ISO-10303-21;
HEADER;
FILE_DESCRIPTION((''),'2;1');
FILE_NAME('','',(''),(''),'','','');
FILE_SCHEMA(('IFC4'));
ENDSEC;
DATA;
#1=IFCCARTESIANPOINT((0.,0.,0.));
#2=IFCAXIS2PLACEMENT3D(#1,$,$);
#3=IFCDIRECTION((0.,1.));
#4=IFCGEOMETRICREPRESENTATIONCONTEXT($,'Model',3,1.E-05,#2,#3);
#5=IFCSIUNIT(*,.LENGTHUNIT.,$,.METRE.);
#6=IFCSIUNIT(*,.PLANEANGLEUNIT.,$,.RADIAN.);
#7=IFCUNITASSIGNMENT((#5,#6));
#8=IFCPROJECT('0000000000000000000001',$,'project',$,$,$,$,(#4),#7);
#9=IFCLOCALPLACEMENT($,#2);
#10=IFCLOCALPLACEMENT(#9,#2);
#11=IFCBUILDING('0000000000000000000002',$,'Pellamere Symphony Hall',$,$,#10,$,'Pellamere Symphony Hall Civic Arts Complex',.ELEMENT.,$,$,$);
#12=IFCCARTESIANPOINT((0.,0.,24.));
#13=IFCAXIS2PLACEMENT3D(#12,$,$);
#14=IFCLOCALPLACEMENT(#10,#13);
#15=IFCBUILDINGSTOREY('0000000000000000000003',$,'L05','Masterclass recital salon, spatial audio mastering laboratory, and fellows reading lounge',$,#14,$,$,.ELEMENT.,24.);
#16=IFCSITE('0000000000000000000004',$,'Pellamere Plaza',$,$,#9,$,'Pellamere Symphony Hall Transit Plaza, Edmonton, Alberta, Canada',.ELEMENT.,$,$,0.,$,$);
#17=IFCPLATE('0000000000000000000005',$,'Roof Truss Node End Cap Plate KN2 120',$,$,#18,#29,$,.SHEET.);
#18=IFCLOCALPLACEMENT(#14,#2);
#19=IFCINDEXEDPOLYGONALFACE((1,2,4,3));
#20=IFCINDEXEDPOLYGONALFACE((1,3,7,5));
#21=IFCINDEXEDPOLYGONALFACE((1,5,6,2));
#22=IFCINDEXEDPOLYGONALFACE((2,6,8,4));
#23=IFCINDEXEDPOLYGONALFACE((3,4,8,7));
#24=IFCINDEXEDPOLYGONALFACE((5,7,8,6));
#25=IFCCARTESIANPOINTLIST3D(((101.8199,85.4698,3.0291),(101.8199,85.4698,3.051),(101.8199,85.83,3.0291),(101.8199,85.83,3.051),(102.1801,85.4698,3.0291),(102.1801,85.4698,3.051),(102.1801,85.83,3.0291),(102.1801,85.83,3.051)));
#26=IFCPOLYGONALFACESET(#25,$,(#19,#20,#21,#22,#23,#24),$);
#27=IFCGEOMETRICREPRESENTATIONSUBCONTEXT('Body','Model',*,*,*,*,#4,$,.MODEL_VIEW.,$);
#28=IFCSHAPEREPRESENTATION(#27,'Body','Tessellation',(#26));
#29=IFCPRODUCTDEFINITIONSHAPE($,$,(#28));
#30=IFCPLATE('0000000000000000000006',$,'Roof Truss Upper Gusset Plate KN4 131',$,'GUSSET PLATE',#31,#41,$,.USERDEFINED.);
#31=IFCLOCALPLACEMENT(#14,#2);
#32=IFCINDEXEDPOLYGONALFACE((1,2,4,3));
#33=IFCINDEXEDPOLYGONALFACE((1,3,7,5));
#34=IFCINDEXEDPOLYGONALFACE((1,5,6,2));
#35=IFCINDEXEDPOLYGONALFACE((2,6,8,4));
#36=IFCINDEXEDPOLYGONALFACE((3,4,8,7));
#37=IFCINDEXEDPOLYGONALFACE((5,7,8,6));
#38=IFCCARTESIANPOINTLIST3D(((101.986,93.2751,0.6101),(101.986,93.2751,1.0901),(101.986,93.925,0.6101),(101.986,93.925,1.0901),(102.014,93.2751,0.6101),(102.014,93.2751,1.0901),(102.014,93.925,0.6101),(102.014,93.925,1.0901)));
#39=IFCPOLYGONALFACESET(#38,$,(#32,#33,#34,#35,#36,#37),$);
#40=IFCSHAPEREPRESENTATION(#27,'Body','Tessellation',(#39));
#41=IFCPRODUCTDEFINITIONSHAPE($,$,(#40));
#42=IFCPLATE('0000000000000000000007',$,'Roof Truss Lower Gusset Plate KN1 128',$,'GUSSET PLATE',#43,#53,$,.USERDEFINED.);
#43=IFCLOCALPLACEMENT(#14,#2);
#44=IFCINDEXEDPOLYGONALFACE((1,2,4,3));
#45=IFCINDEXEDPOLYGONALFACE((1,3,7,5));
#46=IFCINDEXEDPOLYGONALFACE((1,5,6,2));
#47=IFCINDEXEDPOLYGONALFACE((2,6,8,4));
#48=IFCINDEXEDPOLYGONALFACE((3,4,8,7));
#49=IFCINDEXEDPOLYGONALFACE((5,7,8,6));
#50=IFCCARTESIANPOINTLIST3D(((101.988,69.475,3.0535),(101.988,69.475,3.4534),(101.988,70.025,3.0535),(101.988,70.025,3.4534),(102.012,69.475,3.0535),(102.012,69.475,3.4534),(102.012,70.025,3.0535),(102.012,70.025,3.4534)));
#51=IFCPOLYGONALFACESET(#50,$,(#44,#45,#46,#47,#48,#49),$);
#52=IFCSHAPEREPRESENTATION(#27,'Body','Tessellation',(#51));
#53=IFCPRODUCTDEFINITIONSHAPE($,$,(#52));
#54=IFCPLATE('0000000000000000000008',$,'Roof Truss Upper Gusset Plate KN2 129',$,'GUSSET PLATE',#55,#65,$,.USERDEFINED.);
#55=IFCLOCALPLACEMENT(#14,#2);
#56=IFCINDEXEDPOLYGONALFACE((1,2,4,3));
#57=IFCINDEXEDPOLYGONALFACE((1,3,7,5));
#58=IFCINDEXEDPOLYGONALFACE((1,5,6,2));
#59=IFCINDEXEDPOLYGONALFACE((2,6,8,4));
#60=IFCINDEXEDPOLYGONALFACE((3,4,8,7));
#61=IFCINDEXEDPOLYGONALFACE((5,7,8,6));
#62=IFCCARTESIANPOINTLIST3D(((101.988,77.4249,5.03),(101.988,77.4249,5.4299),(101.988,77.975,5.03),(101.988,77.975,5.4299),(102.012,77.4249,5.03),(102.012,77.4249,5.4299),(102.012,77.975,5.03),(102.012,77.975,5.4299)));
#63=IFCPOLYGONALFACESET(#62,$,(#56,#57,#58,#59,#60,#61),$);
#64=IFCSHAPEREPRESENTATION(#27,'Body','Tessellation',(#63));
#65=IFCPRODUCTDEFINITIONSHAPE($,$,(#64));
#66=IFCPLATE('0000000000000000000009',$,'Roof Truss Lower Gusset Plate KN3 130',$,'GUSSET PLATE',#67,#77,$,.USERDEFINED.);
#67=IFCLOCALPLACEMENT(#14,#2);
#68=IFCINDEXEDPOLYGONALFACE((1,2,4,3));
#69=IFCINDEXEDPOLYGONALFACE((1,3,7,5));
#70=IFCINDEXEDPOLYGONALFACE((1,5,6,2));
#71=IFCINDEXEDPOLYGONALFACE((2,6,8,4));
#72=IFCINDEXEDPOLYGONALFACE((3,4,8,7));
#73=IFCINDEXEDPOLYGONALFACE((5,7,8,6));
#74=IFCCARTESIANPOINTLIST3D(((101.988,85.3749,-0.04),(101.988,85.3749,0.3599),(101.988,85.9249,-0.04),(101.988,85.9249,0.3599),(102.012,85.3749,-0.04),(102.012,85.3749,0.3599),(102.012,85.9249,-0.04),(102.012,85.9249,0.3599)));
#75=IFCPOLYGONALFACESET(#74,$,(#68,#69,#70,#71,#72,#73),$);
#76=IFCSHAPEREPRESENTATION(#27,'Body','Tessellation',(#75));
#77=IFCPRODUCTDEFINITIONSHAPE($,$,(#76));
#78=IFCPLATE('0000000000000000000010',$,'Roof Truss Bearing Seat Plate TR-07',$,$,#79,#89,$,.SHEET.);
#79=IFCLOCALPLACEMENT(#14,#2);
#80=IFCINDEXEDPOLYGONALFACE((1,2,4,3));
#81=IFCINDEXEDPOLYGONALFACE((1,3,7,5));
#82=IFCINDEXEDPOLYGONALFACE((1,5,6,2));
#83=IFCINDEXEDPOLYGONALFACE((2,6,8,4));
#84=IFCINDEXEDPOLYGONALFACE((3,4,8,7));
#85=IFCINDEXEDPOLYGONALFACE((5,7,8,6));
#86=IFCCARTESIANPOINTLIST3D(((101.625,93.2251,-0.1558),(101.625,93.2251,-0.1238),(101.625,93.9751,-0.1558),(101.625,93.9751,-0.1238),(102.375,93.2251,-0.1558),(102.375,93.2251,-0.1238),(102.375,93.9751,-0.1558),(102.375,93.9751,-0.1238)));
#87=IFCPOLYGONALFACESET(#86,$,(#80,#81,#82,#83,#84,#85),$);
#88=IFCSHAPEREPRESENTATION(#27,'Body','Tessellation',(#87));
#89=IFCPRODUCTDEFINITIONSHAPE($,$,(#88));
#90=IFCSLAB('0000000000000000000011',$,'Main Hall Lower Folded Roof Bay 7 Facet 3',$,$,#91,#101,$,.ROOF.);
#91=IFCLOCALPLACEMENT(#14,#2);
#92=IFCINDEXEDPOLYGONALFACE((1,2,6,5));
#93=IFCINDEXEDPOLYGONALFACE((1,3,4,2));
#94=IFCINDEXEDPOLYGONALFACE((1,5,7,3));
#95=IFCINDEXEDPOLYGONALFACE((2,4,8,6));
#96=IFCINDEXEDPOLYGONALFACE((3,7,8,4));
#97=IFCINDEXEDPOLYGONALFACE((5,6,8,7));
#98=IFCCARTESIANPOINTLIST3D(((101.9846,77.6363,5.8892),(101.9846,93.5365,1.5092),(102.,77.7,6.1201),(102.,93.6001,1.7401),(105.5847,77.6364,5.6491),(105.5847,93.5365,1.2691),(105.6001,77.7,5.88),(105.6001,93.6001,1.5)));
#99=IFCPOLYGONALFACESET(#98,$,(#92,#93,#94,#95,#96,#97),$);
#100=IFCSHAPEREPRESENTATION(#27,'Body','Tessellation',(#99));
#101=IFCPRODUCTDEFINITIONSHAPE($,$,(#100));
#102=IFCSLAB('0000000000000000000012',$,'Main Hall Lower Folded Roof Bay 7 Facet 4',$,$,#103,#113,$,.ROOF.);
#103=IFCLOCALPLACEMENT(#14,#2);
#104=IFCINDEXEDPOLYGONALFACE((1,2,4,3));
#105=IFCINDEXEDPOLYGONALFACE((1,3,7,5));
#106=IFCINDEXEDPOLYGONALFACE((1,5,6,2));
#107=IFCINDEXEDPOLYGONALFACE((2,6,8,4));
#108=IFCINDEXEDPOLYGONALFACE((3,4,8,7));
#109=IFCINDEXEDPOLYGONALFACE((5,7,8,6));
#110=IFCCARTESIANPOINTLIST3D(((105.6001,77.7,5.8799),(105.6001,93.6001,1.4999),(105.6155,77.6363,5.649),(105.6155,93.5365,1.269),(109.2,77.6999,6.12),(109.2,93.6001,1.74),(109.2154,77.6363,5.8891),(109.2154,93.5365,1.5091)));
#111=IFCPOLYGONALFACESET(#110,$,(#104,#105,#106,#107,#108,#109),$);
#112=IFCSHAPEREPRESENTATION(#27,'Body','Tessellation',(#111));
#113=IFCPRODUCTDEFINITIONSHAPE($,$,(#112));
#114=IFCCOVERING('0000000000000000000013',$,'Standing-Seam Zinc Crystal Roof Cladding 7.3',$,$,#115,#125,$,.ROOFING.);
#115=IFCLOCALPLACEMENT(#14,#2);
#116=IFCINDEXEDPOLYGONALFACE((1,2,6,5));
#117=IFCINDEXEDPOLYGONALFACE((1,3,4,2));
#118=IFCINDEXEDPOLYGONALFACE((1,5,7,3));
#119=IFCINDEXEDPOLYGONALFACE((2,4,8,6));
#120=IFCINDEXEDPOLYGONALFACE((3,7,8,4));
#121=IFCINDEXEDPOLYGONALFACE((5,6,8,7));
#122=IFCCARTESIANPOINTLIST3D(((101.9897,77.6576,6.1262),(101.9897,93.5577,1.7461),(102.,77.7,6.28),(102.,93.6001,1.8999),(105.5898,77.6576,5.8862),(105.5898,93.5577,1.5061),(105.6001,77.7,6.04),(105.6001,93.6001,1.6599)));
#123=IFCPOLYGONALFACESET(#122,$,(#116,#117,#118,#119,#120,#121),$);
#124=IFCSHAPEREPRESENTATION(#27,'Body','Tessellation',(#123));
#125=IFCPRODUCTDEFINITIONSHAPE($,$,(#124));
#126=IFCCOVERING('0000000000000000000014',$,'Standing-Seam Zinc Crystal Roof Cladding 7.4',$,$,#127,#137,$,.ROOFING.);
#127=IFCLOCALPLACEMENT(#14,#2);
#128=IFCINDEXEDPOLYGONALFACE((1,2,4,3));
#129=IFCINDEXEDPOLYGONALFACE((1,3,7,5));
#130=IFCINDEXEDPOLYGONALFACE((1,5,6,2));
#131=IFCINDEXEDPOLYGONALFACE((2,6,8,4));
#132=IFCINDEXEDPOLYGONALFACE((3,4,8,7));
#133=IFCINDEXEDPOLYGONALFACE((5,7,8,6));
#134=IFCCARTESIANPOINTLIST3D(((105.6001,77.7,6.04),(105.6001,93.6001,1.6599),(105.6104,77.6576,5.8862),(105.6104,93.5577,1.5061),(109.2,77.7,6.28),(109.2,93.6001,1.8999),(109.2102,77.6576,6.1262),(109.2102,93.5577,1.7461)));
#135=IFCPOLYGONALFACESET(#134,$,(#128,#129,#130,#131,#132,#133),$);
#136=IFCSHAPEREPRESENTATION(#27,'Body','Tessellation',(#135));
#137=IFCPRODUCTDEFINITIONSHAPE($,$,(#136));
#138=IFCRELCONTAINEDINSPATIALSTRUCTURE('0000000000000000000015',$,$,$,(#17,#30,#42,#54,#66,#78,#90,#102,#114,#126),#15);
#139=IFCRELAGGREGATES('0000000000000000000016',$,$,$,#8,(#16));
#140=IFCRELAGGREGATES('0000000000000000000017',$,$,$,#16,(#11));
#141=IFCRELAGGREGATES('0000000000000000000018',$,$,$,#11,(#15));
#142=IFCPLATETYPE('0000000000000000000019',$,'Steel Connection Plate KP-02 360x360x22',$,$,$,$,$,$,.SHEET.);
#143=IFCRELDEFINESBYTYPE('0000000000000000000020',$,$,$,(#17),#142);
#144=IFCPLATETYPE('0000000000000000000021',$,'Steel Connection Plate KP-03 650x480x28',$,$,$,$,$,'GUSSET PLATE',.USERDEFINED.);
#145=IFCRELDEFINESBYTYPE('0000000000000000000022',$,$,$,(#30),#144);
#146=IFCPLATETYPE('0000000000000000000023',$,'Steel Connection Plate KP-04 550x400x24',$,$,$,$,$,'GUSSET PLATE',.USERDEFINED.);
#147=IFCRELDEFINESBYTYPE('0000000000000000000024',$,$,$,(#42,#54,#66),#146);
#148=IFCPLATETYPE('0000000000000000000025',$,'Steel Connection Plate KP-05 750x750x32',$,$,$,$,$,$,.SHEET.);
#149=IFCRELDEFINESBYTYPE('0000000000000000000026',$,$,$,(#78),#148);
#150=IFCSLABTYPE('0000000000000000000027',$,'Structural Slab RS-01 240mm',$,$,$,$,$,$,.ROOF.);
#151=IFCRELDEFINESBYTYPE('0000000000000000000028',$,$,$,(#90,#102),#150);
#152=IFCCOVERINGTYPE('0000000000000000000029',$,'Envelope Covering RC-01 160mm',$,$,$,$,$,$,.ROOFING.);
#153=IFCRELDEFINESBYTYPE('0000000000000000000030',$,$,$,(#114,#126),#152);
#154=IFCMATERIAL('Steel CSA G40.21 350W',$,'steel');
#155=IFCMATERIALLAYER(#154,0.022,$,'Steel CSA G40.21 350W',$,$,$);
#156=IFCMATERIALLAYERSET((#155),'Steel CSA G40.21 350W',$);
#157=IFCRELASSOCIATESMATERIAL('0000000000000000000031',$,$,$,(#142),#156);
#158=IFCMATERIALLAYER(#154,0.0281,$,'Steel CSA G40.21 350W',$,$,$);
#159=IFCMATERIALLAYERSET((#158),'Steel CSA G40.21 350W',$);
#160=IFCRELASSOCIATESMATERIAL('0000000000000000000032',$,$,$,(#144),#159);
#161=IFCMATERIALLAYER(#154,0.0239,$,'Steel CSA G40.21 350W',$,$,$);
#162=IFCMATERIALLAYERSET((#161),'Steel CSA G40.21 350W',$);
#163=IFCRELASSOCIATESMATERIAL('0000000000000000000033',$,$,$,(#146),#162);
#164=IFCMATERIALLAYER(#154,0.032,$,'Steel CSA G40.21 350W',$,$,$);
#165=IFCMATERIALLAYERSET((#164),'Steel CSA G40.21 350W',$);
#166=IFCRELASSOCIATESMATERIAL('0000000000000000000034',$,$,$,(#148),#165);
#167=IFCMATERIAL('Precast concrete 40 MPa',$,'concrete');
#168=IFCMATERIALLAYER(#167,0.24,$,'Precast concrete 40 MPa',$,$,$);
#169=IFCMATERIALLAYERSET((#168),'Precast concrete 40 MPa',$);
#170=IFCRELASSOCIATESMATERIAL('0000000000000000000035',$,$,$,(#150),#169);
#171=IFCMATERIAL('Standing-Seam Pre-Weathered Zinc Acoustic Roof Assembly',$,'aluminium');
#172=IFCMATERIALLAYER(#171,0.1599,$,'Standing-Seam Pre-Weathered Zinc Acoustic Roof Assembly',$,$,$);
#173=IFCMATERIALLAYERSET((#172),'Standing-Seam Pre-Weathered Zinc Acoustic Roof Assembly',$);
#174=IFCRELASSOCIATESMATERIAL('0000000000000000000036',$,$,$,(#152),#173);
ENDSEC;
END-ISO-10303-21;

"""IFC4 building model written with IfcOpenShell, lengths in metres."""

from ifc_helpers import new_model, si_unit, direction, frame, origin, origin_2d, place, context, subcontext, project, spatial, polyline, rectangle, outline, extrude, material, layer, layer_set, type_object, element, save


model = new_model("IFC4")

# Units and contexts
model_context = context("Model", 3, precision=1e-05, world=origin(), true_north=direction((0.0, 1.0)))
body_context = subcontext(model_context, "Body", "Model", "MODEL_VIEW")
ifc_project = project(units=[si_unit("LENGTHUNIT", "METRE"), si_unit("PLANEANGLEUNIT", "RADIAN")], contexts=[model_context])

# Site, building, storey
site_placement = place(None, origin())
site = spatial("IfcSite", under=ifc_project, at=site_placement, Name="Pellamere Plaza", LongName="Pellamere Symphony Hall Transit Plaza, Edmonton, Alberta, Canada", CompositionType="ELEMENT", RefElevation=0.0)
building_placement = place(site_placement, origin())
building = spatial("IfcBuilding", under=site, at=building_placement, Name="Pellamere Symphony Hall", LongName="Pellamere Symphony Hall Civic Arts Complex", CompositionType="ELEMENT")
storey_placement = place(building_placement, frame((0.0, 0.0, 24.0)))
storey = spatial("IfcBuildingStorey", under=building, at=storey_placement, Name="L05", Description="Masterclass recital salon, spatial audio mastering laboratory, and fellows reading lounge", CompositionType="ELEMENT", Elevation=24.0)

# Shared definitions
ifc_material_1 = material(Name="Steel CSA G40.21 350W", Category="steel")

# Plates
ifc_layer_1 = layer(ifc_material_1, 0.022, Name="Steel CSA G40.21 350W")
ifc_layer_set_1 = layer_set([ifc_layer_1], Name="Steel CSA G40.21 350W")
plate_type_1 = type_object("IfcPlateType", Name="Steel Connection Plate KP-02 360x360x22", PredefinedType="SHEET", material=ifc_layer_set_1)
for number, where, z_axis, x_axis, name in (
    (1, (102.0, 85.6499, 3.0291), (0.0, 0.0, 1.0), (1.0, 0.0, 0.0), "Roof Truss Node End Cap Plate KN2 120"),
):
    element("IfcPlate", number, at=place(storey_placement, frame(where, z_axis=z_axis, x_axis=x_axis)), inside=storey, type_object=plate_type_1, Name=name, PredefinedType="SHEET", context=body_context, shape_type="SweptSolid", body=[
        extrude(rectangle(XDim=0.3601, YDim=0.3601, at=origin_2d()), origin(), (0.0, 0.0, 1.0), 0.022),
    ])
ifc_layer_2 = layer(ifc_material_1, 0.0281, Name="Steel CSA G40.21 350W")
ifc_layer_set_2 = layer_set([ifc_layer_2], Name="Steel CSA G40.21 350W")
plate_type_2 = type_object("IfcPlateType", Name="Steel Connection Plate KP-03 650x480x28", ElementType="GUSSET PLATE", PredefinedType="USERDEFINED", material=ifc_layer_set_2)
plate_1_placement = place(storey_placement, frame((102.0, 93.6001, 0.6101), z_axis=(0.0, 0.0, 1.0), x_axis=(1.0, 0.0, 0.0)))
element("IfcPlate", 2, at=plate_1_placement, inside=storey, type_object=plate_type_2, Name="Roof Truss Upper Gusset Plate KN4 131", ObjectType="GUSSET PLATE", PredefinedType="USERDEFINED", context=body_context, shape_type="SweptSolid", body=[
    extrude(rectangle(XDim=0.0281, YDim=0.6499, at=origin_2d()), origin(), (0.0, 0.0, 1.0), 0.48),
])
ifc_layer_3 = layer(ifc_material_1, 0.0239, Name="Steel CSA G40.21 350W")
ifc_layer_set_3 = layer_set([ifc_layer_3], Name="Steel CSA G40.21 350W")
plate_type_3 = type_object("IfcPlateType", Name="Steel Connection Plate KP-04 550x400x24", ElementType="GUSSET PLATE", PredefinedType="USERDEFINED", material=ifc_layer_set_3)
for number, where, z_axis, x_axis, name in (
    (3, (102.0, 69.75, 3.0535), (0.0, 0.0, 1.0), (1.0, 0.0, 0.0), "Roof Truss Lower Gusset Plate KN1 128"),
    (4, (102.0, 77.7, 5.03), (0.0, 0.0, 1.0), (1.0, 0.0, 0.0), "Roof Truss Upper Gusset Plate KN2 129"),
    (5, (102.0, 85.6499, -0.04), (0.0, 0.0, 1.0), (1.0, 0.0, 0.0), "Roof Truss Lower Gusset Plate KN3 130"),
):
    element("IfcPlate", number, at=place(storey_placement, frame(where, z_axis=z_axis, x_axis=x_axis)), inside=storey, type_object=plate_type_3, Name=name, ObjectType="GUSSET PLATE", PredefinedType="USERDEFINED", context=body_context, shape_type="SweptSolid", body=[
        extrude(rectangle(XDim=0.0239, YDim=0.55, at=origin_2d()), origin(), (0.0, 0.0, 1.0), 0.3999),
    ])
ifc_layer_4 = layer(ifc_material_1, 0.032, Name="Steel CSA G40.21 350W")
ifc_layer_set_4 = layer_set([ifc_layer_4], Name="Steel CSA G40.21 350W")
plate_type_4 = type_object("IfcPlateType", Name="Steel Connection Plate KP-05 750x750x32", PredefinedType="SHEET", material=ifc_layer_set_4)
plate_2_placement = place(storey_placement, frame((102.0, 93.6001, -0.1558), z_axis=(0.0, 0.0, 1.0), x_axis=(1.0, 0.0, 0.0)))
element("IfcPlate", 6, at=plate_2_placement, inside=storey, type_object=plate_type_4, Name="Roof Truss Bearing Seat Plate TR-07", PredefinedType="SHEET", context=body_context, shape_type="SweptSolid", body=[
    extrude(rectangle(XDim=0.75, YDim=0.75, at=origin_2d()), origin(), (0.0, 0.0, 1.0), 0.032),
])

# Slabs
ifc_material_2 = material(Name="Precast concrete 40 MPa", Category="concrete")
ifc_layer_5 = layer(ifc_material_2, 0.24, Name="Precast concrete 40 MPa")
ifc_layer_set_5 = layer_set([ifc_layer_5], Name="Precast concrete 40 MPa")
slab_type = type_object("IfcSlabType", Name="Structural Slab RS-01 240mm", PredefinedType="ROOF", material=ifc_layer_set_5)
slab_1_placement = place(storey_placement, frame((102.0, 77.7, 6.1201), z_axis=(0.064168, 0.26503, 0.962103), x_axis=(0.997783, 0.000009, -0.066551)))
element("IfcSlab", 7, at=slab_1_placement, inside=storey, type_object=slab_type, Name="Main Hall Lower Folded Roof Bay 7 Facet 3", PredefinedType="ROOF", context=body_context, shape_type="SweptSolid", body=[
    extrude(outline(polyline([(0.0, 0.0), (3.6081, 0.0), (3.8997, 16.4898), (0.2916, 16.4898), (0.0, 0.0)])), origin(), (0.0, 0.0, -1.0), 0.24),
])
slab_2_placement = place(storey_placement, frame((105.6001, 77.7, 5.8799), z_axis=(-0.064173, 0.26503, 0.962102), x_axis=(0.997783, -0.000009, 0.066555)))
element("IfcSlab", 8, at=slab_2_placement, inside=storey, type_object=slab_type, Name="Main Hall Lower Folded Roof Bay 7 Facet 4", PredefinedType="ROOF", context=body_context, shape_type="SweptSolid", body=[
    extrude(outline(polyline([(0.0, 0.0), (3.6079, 0.0), (3.3162, 16.4898), (-0.2916, 16.4898), (0.0, 0.0)])), origin(), (0.0, 0.0, -1.0), 0.24),
])

# Coverings
ifc_material_3 = material(Name="Standing-Seam Pre-Weathered Zinc Acoustic Roof Assembly", Category="aluminium")
ifc_layer_6 = layer(ifc_material_3, 0.1599, Name="Standing-Seam Pre-Weathered Zinc Acoustic Roof Assembly")
ifc_layer_set_6 = layer_set([ifc_layer_6], Name="Standing-Seam Pre-Weathered Zinc Acoustic Roof Assembly")
covering_type = type_object("IfcCoveringType", Name="Envelope Covering RC-01 160mm", PredefinedType="ROOFING", material=ifc_layer_set_6)
covering_1_placement = place(storey_placement, frame((102.0, 77.7, 6.28), z_axis=(0.064136, 0.265037, 0.962103), x_axis=(0.997785, 0.0, -0.066515)))
element("IfcCovering", 9, at=covering_1_placement, inside=storey, type_object=covering_type, Name="Standing-Seam Zinc Crystal Roof Cladding 7.3", PredefinedType="ROOFING", context=body_context, shape_type="SweptSolid", body=[
    extrude(outline(polyline([(0.0, 0.0), (3.6081, 0.0), (3.8994, 16.4899), (0.2913, 16.4899), (0.0, 0.0)])), origin(), (0.0, 0.0, -1.0), 0.1599),
])
covering_2_placement = place(storey_placement, frame((105.6001, 77.7, 6.04), z_axis=(-0.06414, 0.265037, 0.962103), x_axis=(0.997785, 0.0, 0.066519)))
element("IfcCovering", 10, at=covering_2_placement, inside=storey, type_object=covering_type, Name="Standing-Seam Zinc Crystal Roof Cladding 7.4", PredefinedType="ROOFING", context=body_context, shape_type="SweptSolid", body=[
    extrude(outline(polyline([(0.0, 0.0), (3.6078, 0.0), (3.3165, 16.4899), (-0.2914, 16.4899), (0.0, 0.0)])), origin(), (0.0, 0.0, -1.0), 0.1599),
])

save(model, "model.ifc")
